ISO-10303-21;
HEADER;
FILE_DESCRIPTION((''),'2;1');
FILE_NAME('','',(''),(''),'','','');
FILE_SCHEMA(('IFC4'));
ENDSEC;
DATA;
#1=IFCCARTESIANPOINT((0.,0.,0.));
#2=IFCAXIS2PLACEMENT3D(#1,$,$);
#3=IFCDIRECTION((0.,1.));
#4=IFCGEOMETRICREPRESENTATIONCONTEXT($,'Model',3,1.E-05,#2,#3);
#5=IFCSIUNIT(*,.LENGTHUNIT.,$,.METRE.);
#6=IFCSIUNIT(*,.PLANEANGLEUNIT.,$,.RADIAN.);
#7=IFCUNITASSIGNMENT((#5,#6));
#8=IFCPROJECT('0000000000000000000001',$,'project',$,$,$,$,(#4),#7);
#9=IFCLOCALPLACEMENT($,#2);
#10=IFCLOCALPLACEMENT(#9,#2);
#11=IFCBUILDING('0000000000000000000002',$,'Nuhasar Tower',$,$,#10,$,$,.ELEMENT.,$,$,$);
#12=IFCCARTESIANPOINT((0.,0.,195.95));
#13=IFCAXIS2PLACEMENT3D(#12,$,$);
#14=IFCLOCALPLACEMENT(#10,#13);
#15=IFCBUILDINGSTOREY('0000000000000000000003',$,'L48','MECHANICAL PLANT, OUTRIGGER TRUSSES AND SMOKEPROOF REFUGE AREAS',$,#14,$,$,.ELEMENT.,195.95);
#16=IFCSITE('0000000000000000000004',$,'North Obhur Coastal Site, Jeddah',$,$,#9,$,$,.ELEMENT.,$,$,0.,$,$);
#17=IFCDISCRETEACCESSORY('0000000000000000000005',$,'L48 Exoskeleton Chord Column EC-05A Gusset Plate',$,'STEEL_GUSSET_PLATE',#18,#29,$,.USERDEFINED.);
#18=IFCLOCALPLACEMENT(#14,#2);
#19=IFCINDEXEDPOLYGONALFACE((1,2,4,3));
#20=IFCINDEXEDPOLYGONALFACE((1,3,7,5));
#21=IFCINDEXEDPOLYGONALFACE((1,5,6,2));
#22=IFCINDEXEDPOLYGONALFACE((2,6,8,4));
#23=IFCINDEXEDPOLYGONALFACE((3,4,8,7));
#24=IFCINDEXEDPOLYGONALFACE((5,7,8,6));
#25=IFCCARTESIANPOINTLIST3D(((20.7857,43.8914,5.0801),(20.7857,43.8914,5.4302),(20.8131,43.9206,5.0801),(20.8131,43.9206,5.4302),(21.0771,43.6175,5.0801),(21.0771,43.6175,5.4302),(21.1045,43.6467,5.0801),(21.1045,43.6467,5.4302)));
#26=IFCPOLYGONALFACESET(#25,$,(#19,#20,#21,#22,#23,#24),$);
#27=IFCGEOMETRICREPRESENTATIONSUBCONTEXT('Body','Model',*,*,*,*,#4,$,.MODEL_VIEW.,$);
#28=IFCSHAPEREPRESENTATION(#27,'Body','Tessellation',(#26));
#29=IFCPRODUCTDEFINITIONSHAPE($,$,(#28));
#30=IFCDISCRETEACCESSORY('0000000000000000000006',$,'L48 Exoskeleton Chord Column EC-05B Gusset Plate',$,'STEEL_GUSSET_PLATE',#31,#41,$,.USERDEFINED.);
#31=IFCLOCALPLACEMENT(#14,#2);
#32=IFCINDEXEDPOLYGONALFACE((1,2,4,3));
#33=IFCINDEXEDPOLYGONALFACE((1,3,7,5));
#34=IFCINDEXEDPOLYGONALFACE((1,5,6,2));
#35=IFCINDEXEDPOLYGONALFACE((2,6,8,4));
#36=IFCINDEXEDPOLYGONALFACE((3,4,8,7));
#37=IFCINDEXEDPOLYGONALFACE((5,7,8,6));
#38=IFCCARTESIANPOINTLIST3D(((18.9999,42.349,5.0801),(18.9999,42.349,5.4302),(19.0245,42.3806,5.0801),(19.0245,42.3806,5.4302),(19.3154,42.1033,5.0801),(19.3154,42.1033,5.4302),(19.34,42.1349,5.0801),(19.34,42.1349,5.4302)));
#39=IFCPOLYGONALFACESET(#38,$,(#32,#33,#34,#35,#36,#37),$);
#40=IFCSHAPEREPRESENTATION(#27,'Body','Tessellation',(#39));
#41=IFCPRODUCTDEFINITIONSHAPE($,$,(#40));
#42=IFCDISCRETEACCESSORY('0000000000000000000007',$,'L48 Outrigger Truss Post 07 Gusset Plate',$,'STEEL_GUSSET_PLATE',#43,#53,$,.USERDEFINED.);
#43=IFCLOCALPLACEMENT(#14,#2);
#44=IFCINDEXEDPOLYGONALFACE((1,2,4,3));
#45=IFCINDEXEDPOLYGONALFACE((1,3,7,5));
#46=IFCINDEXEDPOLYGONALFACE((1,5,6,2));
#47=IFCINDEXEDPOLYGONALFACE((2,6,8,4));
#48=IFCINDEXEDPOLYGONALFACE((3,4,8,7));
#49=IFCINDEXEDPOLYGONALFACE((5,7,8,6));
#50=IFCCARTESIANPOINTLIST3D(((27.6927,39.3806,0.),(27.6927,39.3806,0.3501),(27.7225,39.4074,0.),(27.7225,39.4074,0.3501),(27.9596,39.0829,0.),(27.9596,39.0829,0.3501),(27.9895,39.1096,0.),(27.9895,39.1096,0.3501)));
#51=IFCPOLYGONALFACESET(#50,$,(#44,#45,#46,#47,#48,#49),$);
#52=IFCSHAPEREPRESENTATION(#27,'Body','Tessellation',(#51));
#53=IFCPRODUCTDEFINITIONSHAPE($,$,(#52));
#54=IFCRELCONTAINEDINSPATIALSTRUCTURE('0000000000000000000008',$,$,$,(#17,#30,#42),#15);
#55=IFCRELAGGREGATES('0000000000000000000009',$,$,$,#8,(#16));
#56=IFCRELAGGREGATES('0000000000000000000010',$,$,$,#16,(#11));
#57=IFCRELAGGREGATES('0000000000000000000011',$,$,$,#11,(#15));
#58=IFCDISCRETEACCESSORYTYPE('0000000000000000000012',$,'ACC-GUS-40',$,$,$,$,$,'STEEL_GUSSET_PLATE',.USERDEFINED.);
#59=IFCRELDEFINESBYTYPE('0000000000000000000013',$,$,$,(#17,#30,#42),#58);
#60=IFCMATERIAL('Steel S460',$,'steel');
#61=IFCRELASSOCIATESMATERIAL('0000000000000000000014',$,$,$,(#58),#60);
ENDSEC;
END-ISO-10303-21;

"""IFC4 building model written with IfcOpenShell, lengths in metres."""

from ifc_helpers import new_model, si_unit, direction, frame, origin, origin_2d, place, context, subcontext, project, spatial, rectangle, extrude, material, type_object, element, save


model = new_model("IFC4")

# Units and contexts
model_context = context("Model", 3, precision=1e-05, world=origin(), true_north=direction((0.0, 1.0)))
body_context = subcontext(model_context, "Body", "Model", "MODEL_VIEW")
ifc_project = project(units=[si_unit("LENGTHUNIT", "METRE"), si_unit("PLANEANGLEUNIT", "RADIAN")], contexts=[model_context])

# Site, building, storey
site_placement = place(None, origin())
site = spatial("IfcSite", under=ifc_project, at=site_placement, Name="North Obhur Coastal Site, Jeddah", CompositionType="ELEMENT", RefElevation=0.0)
building_placement = place(site_placement, origin())
building = spatial("IfcBuilding", under=site, at=building_placement, Name="Nuhasar Tower", CompositionType="ELEMENT")
storey_placement = place(building_placement, frame((0.0, 0.0, 195.95)))
storey = spatial("IfcBuildingStorey", under=building, at=storey_placement, Name="L48", Description="MECHANICAL PLANT, OUTRIGGER TRUSSES AND SMOKEPROOF REFUGE AREAS", CompositionType="ELEMENT", Elevation=195.95)

# Shared definitions
ifc_material_1 = material(Name="Steel S460", Category="steel")

# Discrete accessories
discrete_accessory_type = type_object("IfcDiscreteAccessoryType", Name="ACC-GUS-40", ElementType="STEEL_GUSSET_PLATE", PredefinedType="USERDEFINED", material=ifc_material_1)
for number, where, z_axis, x_axis, name in (
    (1, (20.9451, 43.769, 5.0801), (0.0, 0.0, 1.0), (-0.728682, 0.684852, 0.0), "L48 Exoskeleton Chord Column EC-05A Gusset Plate"),
    (2, (19.1699, 42.2419, 5.0801), (0.0, 0.0, 1.0), (-0.788998, 0.614395, 0.0), "L48 Exoskeleton Chord Column EC-05B Gusset Plate"),
    (3, (27.8411, 39.2451, 0.0), (0.0, 0.0, 1.0), (-0.667586, 0.744533, 0.0), "L48 Outrigger Truss Post 07 Gusset Plate"),
):
    element("IfcDiscreteAccessory", number, at=place(storey_placement, frame(where, z_axis=z_axis, x_axis=x_axis)), inside=storey, type_object=discrete_accessory_type, Name=name, ObjectType="STEEL_GUSSET_PLATE", PredefinedType="USERDEFINED", context=body_context, shape_type="SweptSolid", body=[
        extrude(rectangle(XDim=0.3999, YDim=0.04, at=origin_2d()), origin(), (0.0, 0.0, 1.0), 0.3501),
    ])

save(model, "model.ifc")
